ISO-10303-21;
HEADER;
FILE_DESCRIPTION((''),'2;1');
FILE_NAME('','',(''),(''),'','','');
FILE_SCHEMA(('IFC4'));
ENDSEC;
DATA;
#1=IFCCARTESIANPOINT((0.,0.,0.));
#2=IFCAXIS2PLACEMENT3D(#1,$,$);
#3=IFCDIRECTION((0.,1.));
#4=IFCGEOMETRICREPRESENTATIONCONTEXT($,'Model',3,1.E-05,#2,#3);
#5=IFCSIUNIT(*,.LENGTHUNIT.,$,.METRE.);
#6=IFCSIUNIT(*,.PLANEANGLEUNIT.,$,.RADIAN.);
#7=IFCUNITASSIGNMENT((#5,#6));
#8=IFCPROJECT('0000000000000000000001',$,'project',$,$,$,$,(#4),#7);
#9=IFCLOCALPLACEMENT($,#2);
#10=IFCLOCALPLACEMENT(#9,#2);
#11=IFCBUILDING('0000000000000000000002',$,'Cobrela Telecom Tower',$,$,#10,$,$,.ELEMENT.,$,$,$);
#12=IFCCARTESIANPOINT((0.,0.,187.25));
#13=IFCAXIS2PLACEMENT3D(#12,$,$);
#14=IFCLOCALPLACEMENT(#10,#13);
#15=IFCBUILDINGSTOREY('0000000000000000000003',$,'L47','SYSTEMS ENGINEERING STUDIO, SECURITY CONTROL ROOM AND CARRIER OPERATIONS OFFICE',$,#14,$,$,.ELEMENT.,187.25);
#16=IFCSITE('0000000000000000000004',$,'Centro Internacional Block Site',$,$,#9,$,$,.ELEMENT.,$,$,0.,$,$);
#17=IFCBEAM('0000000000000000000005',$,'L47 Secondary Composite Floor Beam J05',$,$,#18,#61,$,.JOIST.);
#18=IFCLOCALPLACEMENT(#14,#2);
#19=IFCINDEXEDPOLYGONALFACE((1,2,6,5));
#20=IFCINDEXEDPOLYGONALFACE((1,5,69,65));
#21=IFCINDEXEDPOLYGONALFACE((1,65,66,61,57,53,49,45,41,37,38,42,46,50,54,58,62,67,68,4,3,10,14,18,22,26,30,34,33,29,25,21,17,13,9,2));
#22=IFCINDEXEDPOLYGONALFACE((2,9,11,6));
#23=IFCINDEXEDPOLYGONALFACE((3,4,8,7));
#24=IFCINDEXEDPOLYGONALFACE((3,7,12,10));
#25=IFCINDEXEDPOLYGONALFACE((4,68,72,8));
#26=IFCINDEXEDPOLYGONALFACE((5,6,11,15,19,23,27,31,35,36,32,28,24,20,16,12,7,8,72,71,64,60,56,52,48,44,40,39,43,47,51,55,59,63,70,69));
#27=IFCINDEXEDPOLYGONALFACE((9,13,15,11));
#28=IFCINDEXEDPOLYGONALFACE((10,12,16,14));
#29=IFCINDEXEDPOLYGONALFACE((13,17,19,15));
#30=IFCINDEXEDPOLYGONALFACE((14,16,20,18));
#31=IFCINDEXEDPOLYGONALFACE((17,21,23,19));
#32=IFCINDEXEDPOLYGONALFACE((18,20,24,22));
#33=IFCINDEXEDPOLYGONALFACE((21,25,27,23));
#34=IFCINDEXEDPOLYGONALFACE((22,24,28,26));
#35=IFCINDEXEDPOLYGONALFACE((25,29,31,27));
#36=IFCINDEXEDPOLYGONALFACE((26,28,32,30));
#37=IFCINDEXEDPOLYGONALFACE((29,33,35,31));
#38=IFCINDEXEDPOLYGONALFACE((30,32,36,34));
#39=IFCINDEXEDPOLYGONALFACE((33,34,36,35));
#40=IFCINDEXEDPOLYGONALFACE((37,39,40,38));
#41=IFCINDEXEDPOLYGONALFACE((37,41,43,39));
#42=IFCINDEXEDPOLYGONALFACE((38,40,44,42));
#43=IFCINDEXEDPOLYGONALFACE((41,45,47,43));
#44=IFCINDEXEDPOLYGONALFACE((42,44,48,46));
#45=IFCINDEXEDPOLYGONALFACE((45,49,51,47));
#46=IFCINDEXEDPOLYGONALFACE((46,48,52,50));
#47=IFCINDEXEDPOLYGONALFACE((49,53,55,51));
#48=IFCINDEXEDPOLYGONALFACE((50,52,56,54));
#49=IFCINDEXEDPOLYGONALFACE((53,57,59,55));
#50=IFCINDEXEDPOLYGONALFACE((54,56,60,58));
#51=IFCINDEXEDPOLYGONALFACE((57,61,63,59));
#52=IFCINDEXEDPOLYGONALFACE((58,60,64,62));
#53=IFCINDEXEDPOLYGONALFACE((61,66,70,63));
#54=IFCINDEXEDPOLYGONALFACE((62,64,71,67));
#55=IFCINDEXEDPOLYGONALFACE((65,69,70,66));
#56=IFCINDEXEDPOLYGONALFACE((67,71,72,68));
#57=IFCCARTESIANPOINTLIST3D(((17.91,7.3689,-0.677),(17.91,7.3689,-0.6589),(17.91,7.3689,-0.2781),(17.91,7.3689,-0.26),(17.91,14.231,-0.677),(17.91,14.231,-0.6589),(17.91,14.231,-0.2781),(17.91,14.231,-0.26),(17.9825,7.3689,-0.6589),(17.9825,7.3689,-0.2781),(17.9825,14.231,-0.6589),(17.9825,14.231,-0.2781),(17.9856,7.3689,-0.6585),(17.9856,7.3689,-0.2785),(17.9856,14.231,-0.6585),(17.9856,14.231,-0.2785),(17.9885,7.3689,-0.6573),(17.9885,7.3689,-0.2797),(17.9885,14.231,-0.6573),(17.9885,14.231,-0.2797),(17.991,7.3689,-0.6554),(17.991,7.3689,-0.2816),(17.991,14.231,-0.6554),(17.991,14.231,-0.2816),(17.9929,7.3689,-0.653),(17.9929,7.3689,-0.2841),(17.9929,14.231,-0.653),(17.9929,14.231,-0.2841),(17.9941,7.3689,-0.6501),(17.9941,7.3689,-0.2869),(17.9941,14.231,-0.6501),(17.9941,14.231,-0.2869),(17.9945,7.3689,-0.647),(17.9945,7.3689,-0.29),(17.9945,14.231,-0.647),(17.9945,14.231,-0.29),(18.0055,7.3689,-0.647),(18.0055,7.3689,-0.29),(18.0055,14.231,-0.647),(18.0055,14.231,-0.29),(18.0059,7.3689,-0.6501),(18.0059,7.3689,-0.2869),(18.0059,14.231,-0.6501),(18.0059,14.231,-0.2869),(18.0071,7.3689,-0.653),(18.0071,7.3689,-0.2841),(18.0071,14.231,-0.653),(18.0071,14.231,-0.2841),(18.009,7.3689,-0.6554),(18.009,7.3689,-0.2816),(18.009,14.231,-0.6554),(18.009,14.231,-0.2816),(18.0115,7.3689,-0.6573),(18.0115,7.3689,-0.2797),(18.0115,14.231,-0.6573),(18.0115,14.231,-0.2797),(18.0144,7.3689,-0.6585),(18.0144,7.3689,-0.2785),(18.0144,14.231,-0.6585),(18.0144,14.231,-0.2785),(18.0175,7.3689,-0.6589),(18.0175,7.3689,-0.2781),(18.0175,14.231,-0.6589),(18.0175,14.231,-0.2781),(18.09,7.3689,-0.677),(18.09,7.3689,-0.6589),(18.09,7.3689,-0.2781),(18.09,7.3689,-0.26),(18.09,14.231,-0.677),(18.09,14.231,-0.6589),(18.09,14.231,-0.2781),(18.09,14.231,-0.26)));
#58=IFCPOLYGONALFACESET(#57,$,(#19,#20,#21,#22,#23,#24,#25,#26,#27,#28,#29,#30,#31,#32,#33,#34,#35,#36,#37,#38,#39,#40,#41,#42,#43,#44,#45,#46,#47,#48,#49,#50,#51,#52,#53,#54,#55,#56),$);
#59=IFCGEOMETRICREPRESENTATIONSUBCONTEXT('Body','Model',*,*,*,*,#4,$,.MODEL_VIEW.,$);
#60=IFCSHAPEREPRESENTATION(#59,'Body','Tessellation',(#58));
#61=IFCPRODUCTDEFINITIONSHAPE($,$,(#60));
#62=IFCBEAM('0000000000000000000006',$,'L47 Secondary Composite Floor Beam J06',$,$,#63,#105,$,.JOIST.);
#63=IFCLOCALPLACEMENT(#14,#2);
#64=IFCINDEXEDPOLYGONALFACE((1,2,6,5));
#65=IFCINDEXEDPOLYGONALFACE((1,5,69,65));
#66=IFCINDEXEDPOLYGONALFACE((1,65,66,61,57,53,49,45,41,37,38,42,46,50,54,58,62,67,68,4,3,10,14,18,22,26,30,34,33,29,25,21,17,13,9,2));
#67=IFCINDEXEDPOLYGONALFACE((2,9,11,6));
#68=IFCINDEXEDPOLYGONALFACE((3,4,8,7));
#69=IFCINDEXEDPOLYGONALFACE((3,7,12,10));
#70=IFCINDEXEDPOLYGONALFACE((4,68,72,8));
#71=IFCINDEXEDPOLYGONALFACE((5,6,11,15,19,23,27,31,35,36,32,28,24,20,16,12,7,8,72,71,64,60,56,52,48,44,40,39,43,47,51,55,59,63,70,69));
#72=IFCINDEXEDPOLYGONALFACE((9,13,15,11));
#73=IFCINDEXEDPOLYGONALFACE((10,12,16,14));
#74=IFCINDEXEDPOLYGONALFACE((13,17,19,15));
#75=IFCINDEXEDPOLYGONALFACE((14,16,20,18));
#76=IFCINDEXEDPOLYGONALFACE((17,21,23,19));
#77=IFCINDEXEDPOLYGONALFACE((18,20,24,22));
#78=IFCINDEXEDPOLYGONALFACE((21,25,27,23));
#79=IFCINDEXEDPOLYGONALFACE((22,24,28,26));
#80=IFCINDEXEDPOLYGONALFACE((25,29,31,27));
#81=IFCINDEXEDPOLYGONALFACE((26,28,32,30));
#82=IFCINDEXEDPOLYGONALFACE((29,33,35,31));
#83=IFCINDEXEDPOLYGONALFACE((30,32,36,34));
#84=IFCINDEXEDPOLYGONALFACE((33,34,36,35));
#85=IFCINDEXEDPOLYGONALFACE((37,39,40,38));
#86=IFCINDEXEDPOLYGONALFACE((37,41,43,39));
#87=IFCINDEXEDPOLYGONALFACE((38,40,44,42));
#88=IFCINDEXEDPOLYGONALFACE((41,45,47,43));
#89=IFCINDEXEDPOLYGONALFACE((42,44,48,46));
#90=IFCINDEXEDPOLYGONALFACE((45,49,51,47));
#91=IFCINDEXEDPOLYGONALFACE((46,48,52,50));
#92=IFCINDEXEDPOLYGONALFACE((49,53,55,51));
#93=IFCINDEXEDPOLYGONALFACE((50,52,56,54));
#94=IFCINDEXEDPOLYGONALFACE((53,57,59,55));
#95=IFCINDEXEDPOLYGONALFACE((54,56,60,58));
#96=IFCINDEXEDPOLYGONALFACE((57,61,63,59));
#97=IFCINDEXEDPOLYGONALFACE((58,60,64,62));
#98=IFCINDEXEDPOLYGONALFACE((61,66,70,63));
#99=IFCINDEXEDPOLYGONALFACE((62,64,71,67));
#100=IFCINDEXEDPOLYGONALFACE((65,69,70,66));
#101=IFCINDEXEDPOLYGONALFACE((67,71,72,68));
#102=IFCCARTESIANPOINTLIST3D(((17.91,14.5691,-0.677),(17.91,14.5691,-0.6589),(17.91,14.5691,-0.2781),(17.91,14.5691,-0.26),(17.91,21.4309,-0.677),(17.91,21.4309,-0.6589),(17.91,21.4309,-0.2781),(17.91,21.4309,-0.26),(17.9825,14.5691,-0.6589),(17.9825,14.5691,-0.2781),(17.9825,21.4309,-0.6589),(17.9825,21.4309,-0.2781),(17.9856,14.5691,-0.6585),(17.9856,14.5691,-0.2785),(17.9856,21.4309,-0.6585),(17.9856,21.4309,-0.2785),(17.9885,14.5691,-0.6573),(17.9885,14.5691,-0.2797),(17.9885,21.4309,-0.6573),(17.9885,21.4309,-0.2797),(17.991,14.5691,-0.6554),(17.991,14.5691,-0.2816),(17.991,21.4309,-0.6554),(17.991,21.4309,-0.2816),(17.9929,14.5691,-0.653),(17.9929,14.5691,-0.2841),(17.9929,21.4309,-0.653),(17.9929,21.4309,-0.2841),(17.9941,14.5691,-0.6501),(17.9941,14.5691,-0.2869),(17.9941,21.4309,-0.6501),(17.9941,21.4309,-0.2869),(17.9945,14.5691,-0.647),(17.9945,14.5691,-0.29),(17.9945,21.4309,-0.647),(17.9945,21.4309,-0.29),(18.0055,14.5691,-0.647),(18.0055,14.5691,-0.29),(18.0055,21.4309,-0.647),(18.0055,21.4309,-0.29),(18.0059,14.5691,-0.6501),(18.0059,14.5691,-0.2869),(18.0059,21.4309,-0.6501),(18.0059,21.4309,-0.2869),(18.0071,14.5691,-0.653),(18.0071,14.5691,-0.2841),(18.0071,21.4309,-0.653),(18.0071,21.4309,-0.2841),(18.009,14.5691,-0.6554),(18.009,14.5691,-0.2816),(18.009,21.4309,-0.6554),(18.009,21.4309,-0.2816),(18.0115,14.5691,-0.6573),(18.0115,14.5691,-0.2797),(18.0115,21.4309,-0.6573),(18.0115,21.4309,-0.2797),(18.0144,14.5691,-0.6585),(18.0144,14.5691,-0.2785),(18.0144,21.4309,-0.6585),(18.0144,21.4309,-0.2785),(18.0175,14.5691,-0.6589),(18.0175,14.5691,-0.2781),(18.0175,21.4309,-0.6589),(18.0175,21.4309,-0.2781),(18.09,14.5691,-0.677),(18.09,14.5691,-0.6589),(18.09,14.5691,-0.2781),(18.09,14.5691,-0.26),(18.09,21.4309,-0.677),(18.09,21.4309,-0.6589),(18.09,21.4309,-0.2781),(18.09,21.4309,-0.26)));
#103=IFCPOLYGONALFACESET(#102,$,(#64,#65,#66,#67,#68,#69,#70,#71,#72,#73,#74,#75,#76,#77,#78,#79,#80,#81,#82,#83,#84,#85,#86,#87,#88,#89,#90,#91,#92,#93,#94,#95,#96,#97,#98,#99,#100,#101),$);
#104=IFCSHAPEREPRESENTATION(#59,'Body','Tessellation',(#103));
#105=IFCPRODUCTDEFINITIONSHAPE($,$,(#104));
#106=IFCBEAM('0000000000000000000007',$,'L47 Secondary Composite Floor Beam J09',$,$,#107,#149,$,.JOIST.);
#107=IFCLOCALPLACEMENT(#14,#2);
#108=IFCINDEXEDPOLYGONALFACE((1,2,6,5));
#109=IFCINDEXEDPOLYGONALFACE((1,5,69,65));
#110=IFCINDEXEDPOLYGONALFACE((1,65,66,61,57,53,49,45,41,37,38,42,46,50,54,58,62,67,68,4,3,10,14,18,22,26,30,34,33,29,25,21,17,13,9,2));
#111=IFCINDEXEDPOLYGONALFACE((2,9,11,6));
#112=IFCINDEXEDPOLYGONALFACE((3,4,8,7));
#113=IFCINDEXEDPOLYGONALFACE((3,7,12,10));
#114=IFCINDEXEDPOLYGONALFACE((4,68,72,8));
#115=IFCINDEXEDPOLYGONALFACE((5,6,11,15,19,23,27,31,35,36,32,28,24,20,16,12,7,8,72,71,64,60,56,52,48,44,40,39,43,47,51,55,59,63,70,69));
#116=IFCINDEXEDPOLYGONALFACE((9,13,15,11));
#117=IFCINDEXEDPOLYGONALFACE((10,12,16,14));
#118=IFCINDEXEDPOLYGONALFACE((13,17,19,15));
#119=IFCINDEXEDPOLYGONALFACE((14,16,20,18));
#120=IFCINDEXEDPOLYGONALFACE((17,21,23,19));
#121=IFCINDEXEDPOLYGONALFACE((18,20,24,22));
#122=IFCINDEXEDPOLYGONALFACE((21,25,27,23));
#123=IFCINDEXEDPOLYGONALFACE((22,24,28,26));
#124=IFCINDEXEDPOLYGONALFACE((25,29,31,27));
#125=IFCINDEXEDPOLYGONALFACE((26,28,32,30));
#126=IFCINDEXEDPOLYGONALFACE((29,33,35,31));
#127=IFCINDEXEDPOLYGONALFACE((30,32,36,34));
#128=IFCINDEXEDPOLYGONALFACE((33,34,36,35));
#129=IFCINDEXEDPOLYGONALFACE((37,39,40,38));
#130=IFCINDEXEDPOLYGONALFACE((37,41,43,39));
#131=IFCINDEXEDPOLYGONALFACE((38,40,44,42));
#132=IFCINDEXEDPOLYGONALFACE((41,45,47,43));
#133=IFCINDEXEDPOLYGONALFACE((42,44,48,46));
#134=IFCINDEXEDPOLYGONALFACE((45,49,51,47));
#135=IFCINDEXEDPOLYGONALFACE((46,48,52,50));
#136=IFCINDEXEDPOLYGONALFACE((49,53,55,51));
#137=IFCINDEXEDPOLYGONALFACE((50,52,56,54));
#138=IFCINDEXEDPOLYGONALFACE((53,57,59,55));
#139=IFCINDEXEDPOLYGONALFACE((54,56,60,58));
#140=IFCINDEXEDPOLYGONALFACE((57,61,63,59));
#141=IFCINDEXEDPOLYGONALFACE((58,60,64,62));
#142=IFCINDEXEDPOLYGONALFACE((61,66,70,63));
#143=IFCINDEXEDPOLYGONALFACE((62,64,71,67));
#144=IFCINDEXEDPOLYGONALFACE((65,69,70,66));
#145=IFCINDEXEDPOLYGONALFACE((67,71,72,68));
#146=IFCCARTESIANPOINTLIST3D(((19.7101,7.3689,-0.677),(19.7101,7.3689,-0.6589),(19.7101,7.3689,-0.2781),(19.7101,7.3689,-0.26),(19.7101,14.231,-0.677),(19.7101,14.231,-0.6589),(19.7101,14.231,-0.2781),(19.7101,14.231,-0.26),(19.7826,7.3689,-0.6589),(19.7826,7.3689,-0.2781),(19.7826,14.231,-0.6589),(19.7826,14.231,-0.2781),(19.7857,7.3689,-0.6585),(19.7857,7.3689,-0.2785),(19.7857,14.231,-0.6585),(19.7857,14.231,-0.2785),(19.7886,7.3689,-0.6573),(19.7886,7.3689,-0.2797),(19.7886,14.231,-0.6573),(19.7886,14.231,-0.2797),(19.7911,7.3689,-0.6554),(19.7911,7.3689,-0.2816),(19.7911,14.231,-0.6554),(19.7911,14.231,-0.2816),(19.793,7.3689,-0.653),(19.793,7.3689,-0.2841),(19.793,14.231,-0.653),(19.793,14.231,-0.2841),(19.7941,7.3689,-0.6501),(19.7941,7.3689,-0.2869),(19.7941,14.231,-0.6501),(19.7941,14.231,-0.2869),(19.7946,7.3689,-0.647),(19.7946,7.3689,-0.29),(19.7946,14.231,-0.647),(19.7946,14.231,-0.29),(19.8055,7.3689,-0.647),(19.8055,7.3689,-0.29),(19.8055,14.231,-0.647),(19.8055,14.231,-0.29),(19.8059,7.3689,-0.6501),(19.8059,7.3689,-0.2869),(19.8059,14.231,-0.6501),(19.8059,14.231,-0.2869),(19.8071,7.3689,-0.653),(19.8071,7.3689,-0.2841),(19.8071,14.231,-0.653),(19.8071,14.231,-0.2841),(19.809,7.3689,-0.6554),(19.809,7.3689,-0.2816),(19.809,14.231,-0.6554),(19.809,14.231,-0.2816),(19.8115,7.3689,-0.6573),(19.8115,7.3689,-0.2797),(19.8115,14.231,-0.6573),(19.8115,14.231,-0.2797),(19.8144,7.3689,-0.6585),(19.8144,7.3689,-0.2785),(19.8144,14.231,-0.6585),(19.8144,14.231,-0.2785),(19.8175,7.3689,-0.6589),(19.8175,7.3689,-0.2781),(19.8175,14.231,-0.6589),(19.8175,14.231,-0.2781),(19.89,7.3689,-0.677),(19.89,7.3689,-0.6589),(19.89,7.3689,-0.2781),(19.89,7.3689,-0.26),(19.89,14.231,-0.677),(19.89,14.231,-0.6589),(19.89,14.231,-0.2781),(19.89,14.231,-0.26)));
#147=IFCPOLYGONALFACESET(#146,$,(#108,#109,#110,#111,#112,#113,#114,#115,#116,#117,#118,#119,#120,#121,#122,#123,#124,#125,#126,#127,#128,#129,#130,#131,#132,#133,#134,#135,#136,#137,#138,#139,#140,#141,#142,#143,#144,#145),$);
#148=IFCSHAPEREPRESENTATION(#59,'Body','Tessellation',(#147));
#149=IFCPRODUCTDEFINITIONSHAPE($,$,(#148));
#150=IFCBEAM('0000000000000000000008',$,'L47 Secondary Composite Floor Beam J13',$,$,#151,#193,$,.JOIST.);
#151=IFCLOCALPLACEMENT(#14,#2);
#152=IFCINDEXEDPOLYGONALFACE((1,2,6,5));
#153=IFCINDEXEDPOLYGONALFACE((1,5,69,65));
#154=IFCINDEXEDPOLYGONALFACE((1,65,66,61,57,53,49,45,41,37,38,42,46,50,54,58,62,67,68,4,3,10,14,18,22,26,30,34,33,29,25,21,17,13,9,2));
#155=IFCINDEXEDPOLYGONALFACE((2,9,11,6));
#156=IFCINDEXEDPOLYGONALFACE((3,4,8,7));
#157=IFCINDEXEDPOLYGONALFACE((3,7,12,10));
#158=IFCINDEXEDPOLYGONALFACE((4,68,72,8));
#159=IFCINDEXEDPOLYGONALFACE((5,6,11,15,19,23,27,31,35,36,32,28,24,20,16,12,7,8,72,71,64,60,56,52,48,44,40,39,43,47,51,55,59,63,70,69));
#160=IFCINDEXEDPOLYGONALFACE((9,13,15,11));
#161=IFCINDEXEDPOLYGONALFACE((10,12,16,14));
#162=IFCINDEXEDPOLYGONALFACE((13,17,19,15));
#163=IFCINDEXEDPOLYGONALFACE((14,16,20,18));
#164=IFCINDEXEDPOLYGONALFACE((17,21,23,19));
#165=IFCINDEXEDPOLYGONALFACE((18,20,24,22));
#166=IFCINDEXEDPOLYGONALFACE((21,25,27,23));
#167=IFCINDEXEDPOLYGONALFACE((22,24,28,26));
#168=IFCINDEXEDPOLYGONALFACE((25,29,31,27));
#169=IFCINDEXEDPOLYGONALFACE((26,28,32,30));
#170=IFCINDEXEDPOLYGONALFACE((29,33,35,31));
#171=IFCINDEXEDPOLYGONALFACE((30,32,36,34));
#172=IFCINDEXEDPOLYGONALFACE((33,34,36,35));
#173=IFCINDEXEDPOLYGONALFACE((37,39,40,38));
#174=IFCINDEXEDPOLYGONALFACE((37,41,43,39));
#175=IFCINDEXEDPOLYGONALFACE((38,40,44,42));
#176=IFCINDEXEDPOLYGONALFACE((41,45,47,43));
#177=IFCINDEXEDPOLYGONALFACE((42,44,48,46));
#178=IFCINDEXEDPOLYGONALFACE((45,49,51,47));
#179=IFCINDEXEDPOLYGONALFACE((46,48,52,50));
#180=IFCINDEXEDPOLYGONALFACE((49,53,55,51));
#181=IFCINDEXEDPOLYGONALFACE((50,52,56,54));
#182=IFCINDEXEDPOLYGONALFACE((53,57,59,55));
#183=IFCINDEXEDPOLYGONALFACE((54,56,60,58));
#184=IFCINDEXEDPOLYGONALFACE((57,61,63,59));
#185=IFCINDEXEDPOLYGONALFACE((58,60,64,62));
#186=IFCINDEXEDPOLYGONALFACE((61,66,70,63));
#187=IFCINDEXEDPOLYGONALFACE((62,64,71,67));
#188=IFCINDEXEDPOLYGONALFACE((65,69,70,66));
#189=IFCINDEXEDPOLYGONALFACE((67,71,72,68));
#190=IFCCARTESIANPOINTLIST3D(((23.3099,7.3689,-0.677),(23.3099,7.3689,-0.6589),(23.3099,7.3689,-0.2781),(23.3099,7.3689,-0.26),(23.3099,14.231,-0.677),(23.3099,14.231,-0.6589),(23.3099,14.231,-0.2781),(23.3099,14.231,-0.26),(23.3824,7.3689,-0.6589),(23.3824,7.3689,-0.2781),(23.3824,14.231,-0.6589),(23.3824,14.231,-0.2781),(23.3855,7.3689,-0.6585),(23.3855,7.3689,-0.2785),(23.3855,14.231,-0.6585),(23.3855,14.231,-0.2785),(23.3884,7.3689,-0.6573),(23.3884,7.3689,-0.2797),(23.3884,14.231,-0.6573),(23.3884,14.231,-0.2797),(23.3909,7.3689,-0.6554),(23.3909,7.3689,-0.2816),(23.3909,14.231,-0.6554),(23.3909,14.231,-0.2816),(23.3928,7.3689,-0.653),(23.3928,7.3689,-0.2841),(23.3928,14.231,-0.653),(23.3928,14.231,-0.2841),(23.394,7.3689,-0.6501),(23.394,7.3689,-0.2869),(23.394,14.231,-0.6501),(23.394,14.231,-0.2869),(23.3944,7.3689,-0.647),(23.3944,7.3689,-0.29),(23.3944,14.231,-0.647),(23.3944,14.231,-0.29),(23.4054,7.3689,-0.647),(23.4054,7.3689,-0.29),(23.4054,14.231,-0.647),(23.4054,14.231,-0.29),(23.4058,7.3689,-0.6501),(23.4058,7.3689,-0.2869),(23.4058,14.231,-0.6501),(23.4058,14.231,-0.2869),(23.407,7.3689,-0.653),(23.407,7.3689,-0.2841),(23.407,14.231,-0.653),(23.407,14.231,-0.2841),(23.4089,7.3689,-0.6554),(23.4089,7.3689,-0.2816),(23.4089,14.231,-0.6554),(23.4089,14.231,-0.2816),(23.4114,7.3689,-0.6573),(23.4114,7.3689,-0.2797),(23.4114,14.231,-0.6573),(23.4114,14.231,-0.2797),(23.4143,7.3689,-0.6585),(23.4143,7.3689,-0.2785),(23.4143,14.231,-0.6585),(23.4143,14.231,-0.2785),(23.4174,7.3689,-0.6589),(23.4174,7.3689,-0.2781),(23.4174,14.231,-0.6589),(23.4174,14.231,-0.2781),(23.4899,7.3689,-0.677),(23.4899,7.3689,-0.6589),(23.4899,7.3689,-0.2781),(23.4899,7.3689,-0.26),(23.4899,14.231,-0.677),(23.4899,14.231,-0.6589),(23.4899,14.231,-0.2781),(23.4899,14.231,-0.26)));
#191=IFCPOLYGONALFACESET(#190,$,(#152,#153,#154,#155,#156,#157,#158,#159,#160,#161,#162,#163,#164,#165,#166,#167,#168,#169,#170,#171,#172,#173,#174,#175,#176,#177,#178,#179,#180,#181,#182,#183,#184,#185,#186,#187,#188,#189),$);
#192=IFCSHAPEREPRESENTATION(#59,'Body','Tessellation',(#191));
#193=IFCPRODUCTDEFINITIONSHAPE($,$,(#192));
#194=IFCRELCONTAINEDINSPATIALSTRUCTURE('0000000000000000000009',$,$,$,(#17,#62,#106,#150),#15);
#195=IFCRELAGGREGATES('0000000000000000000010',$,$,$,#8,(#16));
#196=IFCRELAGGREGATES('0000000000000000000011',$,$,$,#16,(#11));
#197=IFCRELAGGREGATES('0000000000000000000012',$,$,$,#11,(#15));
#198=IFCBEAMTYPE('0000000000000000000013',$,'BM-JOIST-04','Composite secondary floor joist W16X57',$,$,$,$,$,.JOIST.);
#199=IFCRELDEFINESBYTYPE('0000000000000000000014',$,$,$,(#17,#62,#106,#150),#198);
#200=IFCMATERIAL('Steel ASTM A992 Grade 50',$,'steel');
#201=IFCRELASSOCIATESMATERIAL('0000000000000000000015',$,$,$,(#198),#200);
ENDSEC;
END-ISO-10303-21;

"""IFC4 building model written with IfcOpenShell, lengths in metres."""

from ifc_helpers import new_model, si_unit, direction, frame, origin, origin_2d, place, context, subcontext, project, spatial, i_section, extrude, material, material_profile, profile_set, type_object, element, save


model = new_model("IFC4")

# Units and contexts
model_context = context("Model", 3, precision=1e-05, world=origin(), true_north=direction((0.0, 1.0)))
body_context = subcontext(model_context, "Body", "Model", "MODEL_VIEW")
ifc_project = project(units=[si_unit("LENGTHUNIT", "METRE"), si_unit("PLANEANGLEUNIT", "RADIAN")], contexts=[model_context])

# Site, building, storey
site_placement = place(None, origin())
site = spatial("IfcSite", under=ifc_project, at=site_placement, Name="Centro Internacional Block Site", CompositionType="ELEMENT", RefElevation=0.0)
building_placement = place(site_placement, origin())
building = spatial("IfcBuilding", under=site, at=building_placement, Name="Cobrela Telecom Tower", CompositionType="ELEMENT")
storey_placement = place(building_placement, frame((0.0, 0.0, 187.25)))
storey = spatial("IfcBuildingStorey", under=building, at=storey_placement, Name="L47", Description="SYSTEMS ENGINEERING STUDIO, SECURITY CONTROL ROOM AND CARRIER OPERATIONS OFFICE", CompositionType="ELEMENT", Elevation=187.25)

# Shared definitions
ifc_material_1 = material(Name="Steel ASTM A992 Grade 50", Category="steel")

# Beams
ifc_material_profile_1 = material_profile(ifc_material_1, i_section(OverallWidth=0.1799, OverallDepth=0.417, WebThickness=0.011, FlangeThickness=0.0181, FilletRadius=0.012, at=origin_2d()), Name="W16X57")
ifc_profile_set_1 = profile_set([ifc_material_profile_1], Name="Steel ASTM A992 Grade 50")
beam_type_1 = type_object("IfcBeamType", Name="BM-JOIST-04", Description="Composite secondary floor joist W16X57", PredefinedType="JOIST", material=ifc_profile_set_1)
beam_1_placement = place(storey_placement, frame((18.0, 7.3689, -0.4685), z_axis=(0.0, 1.0, 0.0), x_axis=(-1.0, 0.0, 0.0)))
element("IfcBeam", 1, at=beam_1_placement, inside=storey, type_object=beam_type_1, Name="L47 Secondary Composite Floor Beam J05", PredefinedType="JOIST", context=body_context, shape_type="SweptSolid", body=[
    extrude(i_section(OverallWidth=0.1799, OverallDepth=0.417, WebThickness=0.011, FlangeThickness=0.0181, FilletRadius=0.012, at=origin_2d()), origin(), (0.0, 0.0, 1.0), 6.8621),
])
beam_2_placement = place(storey_placement, frame((18.0, 14.5691, -0.4685), z_axis=(0.0, 1.0, 0.0), x_axis=(-1.0, 0.0, 0.0)))
element("IfcBeam", 2, at=beam_2_placement, inside=storey, type_object=beam_type_1, Name="L47 Secondary Composite Floor Beam J06", PredefinedType="JOIST", context=body_context, shape_type="SweptSolid", body=[
    extrude(i_section(OverallWidth=0.1799, OverallDepth=0.417, WebThickness=0.011, FlangeThickness=0.0181, FilletRadius=0.012, at=origin_2d()), origin(), (0.0, 0.0, 1.0), 6.8618),
])
for number, where, z_axis, x_axis, name in (
    (3, (19.8, 7.3689, -0.4685), (0.0, 1.0, 0.0), (-1.0, 0.0, 0.0), "L47 Secondary Composite Floor Beam J09"),
    (4, (23.3999, 7.3689, -0.4685), (0.0, 1.0, 0.0), (-1.0, 0.0, 0.0), "L47 Secondary Composite Floor Beam J13"),
):
    element("IfcBeam", number, at=place(storey_placement, frame(where, z_axis=z_axis, x_axis=x_axis)), inside=storey, type_object=beam_type_1, Name=name, PredefinedType="JOIST", context=body_context, shape_type="SweptSolid", body=[
        extrude(i_section(OverallWidth=0.1799, OverallDepth=0.417, WebThickness=0.011, FlangeThickness=0.0181, FilletRadius=0.012, at=origin_2d()), origin(), (0.0, 0.0, 1.0), 6.8621),
    ])

save(model, "model.ifc")
